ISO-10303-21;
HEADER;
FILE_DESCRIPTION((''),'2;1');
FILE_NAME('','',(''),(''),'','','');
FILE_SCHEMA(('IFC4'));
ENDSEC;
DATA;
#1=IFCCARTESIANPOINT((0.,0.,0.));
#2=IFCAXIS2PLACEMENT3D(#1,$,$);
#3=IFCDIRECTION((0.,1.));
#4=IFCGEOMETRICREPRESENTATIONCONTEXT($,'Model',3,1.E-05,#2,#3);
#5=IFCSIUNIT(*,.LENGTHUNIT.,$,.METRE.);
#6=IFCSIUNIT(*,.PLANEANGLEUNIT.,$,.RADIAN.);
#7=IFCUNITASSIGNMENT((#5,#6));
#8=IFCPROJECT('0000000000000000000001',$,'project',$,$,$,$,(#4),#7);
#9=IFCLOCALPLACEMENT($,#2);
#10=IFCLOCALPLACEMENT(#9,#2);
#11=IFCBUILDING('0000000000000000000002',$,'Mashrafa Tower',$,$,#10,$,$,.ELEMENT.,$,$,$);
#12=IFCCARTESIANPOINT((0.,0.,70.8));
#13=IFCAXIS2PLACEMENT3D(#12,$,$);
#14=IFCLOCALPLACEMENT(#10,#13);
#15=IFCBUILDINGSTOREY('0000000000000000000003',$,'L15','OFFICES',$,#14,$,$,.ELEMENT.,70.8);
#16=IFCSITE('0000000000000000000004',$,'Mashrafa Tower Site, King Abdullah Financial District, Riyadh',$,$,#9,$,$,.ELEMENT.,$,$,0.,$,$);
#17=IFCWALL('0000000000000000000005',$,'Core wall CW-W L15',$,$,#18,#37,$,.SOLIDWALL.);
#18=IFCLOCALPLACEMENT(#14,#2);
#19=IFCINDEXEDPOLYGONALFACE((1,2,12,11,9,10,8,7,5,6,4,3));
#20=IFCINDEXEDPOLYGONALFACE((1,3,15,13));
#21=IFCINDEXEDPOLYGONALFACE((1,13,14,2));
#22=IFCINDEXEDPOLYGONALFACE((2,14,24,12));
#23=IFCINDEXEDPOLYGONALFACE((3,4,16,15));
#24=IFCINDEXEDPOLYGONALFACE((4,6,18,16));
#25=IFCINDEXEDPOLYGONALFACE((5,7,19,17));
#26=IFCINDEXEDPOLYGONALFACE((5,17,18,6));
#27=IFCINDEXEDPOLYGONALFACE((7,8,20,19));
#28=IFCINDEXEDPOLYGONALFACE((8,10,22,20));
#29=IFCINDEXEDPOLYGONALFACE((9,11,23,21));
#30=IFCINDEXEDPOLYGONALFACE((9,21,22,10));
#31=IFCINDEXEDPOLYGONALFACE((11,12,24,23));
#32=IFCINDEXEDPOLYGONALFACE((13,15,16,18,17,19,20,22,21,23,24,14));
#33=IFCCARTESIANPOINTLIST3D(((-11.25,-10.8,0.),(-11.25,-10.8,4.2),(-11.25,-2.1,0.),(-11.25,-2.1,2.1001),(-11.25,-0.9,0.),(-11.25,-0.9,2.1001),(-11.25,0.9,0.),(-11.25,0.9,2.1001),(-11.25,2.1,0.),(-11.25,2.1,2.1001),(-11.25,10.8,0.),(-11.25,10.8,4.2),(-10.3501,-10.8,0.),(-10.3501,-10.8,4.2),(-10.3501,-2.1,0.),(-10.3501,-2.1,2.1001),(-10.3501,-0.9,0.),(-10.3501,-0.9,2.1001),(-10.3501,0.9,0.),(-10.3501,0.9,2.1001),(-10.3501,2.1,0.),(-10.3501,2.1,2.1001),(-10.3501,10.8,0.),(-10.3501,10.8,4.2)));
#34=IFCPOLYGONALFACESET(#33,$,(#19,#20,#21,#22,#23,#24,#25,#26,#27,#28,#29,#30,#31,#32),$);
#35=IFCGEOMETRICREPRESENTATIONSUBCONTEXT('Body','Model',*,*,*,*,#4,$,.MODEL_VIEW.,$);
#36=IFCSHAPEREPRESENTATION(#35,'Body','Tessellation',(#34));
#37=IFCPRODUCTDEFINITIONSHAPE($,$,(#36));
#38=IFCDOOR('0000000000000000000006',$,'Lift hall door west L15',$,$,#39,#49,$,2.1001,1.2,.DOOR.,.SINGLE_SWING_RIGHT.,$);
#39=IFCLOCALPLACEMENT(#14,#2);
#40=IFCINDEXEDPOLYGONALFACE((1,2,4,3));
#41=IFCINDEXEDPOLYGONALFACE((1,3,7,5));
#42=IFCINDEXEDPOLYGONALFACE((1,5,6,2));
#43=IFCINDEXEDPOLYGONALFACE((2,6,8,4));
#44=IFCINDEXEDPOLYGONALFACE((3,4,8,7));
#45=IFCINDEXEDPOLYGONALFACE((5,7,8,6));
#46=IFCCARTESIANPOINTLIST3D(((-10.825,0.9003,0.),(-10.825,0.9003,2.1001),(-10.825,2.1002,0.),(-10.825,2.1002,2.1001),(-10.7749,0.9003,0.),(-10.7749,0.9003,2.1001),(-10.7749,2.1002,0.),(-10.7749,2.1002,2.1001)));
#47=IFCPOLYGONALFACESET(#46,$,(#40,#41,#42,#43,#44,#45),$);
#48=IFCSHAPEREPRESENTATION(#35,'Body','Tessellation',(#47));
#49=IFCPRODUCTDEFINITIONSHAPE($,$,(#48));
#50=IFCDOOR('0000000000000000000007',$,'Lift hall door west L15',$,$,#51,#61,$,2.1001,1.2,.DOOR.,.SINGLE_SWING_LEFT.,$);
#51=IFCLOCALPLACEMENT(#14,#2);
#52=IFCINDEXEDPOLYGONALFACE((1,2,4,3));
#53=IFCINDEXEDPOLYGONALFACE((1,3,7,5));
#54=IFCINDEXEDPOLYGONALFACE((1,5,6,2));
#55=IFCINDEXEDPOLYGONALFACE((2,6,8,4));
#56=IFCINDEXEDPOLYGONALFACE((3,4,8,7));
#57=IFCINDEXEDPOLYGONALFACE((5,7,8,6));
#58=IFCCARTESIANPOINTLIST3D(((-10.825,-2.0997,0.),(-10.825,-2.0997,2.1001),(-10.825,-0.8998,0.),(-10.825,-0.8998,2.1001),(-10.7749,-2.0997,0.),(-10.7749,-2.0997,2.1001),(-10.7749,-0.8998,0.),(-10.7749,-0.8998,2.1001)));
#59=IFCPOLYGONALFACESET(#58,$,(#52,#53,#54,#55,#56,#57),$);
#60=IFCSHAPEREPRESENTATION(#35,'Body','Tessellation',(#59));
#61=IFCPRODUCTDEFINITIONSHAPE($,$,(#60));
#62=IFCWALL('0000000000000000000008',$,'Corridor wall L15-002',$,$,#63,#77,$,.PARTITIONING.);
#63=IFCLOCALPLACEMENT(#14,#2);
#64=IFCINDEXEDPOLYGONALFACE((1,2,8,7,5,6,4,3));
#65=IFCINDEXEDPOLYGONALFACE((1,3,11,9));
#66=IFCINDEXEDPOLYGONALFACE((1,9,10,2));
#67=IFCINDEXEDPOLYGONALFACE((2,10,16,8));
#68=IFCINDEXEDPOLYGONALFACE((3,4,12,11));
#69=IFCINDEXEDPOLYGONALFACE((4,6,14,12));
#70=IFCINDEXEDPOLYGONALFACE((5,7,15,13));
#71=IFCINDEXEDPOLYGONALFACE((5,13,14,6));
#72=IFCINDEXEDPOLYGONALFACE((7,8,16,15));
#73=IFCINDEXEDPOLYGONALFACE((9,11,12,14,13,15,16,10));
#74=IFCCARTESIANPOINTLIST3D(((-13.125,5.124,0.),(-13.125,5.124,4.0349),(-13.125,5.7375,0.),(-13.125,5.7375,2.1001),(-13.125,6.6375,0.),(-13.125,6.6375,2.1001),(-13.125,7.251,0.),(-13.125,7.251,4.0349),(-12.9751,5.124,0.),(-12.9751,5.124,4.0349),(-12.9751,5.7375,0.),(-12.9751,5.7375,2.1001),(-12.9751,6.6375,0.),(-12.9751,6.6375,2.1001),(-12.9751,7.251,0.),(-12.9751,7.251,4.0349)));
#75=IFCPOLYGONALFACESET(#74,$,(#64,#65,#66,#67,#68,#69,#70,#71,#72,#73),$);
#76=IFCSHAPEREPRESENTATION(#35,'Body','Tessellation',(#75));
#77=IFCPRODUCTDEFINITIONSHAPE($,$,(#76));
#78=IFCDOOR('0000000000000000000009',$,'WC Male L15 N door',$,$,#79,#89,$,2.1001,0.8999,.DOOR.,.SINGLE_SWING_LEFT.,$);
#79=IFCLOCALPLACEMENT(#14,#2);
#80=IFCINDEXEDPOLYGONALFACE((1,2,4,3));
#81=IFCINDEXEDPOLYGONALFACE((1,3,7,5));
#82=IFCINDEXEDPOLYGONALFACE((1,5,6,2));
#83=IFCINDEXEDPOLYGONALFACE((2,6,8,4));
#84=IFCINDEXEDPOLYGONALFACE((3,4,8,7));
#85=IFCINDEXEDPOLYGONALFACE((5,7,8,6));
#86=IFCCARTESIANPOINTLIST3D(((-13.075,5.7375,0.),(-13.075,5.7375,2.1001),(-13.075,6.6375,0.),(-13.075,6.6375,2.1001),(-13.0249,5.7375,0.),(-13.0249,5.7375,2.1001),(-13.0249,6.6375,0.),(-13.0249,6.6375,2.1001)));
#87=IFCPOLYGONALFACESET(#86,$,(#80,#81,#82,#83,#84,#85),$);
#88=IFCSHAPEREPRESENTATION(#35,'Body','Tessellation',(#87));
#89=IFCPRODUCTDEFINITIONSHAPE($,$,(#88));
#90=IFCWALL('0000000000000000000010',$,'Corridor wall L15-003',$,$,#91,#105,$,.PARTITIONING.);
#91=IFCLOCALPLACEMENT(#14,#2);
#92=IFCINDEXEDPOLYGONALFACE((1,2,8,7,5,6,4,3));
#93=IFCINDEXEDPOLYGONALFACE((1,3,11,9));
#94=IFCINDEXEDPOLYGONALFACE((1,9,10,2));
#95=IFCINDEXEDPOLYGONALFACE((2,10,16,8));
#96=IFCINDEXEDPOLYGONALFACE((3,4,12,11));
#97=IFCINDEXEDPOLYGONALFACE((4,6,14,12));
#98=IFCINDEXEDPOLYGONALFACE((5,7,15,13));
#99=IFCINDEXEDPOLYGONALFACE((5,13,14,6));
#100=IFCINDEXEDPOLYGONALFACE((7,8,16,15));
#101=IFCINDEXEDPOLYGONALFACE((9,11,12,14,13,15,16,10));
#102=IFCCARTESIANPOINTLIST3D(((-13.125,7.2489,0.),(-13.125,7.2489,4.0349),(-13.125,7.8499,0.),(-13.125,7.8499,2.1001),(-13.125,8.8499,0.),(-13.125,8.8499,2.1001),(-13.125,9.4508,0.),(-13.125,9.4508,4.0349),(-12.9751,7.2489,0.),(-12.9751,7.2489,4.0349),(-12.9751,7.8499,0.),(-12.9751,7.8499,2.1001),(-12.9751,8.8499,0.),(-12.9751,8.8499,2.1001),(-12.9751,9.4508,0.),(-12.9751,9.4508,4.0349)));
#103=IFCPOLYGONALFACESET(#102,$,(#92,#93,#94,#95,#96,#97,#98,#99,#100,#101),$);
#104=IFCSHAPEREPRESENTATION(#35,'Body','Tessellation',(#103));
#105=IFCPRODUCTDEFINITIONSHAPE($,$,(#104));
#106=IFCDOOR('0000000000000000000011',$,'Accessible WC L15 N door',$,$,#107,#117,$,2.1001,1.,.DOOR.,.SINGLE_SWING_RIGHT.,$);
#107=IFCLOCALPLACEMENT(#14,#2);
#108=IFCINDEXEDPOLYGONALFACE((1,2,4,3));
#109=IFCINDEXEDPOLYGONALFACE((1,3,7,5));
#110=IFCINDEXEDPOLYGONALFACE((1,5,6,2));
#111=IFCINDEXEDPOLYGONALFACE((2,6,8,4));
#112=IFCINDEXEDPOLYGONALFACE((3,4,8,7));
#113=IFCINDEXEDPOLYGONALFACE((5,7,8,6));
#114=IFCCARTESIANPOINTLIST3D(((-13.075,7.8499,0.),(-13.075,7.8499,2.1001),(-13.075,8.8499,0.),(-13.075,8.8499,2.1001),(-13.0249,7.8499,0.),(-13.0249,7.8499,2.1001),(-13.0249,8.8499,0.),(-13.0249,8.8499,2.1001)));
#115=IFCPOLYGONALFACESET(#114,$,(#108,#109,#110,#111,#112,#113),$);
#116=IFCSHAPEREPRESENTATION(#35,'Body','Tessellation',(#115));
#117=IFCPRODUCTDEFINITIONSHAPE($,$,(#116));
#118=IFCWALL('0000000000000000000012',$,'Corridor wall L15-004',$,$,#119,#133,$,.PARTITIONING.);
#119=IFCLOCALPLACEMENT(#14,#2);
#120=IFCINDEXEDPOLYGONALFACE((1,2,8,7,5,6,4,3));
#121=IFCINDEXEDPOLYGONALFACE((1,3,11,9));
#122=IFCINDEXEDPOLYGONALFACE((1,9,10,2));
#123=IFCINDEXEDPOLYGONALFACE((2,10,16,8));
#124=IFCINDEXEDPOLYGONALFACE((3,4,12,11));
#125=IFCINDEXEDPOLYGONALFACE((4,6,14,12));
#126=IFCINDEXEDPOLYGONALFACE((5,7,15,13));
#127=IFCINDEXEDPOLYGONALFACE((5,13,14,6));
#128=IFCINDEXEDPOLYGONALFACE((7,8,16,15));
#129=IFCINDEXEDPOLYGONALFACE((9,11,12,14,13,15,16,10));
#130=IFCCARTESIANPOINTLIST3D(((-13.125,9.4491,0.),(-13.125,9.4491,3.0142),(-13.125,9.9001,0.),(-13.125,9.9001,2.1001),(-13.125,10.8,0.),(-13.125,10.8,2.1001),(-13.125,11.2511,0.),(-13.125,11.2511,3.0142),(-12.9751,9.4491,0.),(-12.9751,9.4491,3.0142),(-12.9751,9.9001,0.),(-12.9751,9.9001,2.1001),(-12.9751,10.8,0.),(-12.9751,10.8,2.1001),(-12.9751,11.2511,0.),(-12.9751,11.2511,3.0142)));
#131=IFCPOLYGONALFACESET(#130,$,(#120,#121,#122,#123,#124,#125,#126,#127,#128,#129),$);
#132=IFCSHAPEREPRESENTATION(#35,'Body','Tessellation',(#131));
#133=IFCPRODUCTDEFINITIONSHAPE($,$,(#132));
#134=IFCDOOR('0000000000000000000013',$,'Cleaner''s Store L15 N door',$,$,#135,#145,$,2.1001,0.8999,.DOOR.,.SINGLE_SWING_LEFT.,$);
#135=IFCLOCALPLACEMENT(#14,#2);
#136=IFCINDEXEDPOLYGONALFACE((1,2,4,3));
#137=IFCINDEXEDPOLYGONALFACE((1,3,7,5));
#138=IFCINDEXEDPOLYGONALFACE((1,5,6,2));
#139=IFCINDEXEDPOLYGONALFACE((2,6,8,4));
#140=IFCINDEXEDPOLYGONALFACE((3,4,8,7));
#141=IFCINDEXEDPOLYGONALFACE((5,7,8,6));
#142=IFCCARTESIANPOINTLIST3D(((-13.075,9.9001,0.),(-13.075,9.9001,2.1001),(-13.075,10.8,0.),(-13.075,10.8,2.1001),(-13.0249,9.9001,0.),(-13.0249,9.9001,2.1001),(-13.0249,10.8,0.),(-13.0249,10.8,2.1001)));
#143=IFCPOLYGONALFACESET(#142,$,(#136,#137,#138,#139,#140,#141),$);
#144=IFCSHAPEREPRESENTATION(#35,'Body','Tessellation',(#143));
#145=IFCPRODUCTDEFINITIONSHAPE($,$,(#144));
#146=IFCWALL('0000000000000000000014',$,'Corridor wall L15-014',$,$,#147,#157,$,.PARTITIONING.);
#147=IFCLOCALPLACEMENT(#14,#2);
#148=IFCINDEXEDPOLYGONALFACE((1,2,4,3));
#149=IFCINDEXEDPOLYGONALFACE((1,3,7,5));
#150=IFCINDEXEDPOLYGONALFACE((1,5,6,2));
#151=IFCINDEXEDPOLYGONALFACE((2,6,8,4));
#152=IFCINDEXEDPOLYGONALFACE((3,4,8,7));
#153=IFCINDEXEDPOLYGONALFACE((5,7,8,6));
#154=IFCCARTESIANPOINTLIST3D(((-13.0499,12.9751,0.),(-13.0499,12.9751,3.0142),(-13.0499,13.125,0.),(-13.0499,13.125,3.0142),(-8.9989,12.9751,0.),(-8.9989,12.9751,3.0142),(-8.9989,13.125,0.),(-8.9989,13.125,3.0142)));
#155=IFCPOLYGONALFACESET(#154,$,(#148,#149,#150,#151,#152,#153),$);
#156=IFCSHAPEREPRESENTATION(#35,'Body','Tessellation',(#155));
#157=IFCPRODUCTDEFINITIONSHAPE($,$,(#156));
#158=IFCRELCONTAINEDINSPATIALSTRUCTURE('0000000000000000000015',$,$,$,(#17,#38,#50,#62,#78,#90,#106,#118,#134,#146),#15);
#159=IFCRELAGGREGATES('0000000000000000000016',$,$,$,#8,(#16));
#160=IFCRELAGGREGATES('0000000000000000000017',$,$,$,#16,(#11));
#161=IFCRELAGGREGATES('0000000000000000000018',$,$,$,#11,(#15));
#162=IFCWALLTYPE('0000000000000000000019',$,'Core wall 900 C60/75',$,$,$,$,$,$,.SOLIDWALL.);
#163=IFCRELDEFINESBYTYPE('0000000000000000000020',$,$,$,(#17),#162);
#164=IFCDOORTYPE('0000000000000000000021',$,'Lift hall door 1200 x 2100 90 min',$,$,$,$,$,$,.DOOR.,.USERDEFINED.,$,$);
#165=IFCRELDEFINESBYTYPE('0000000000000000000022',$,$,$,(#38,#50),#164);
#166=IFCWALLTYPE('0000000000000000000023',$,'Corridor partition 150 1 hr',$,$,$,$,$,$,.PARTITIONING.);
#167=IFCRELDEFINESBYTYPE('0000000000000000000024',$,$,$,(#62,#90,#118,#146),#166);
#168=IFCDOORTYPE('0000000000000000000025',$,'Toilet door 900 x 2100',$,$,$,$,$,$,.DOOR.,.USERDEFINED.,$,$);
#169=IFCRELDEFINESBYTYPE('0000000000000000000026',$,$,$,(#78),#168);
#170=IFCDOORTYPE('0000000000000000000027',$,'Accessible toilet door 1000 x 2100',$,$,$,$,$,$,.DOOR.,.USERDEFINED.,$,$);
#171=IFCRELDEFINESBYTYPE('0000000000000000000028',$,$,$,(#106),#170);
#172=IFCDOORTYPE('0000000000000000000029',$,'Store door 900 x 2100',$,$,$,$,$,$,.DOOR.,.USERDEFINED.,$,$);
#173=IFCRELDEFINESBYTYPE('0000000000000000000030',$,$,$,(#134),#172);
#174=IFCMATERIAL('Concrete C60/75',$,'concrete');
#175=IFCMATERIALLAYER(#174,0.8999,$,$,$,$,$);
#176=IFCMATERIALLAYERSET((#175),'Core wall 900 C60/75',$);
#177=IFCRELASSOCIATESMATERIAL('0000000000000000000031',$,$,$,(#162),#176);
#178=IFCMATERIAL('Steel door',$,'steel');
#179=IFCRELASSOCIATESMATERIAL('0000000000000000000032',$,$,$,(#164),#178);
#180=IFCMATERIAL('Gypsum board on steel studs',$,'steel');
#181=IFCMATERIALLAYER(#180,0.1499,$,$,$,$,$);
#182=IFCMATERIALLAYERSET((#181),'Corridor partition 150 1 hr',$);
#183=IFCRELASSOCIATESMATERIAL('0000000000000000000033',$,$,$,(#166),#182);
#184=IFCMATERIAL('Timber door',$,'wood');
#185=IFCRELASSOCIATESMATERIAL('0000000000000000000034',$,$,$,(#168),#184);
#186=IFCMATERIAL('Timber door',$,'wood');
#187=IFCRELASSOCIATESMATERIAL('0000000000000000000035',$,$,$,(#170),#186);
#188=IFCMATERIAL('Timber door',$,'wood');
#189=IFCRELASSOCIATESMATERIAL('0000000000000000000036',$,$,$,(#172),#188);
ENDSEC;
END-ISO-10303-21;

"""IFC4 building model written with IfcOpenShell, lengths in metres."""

from ifc_helpers import new_model, si_unit, direction, frame, frame_2d, origin, place, context, subcontext, project, spatial, rectangle, extrude, material, layer, layer_set, type_object, element, fill, save


model = new_model("IFC4")

# Units and contexts
model_context = context("Model", 3, precision=1e-05, world=origin(), true_north=direction((0.0, 1.0)))
body_context = subcontext(model_context, "Body", "Model", "MODEL_VIEW")
ifc_project = project(units=[si_unit("LENGTHUNIT", "METRE"), si_unit("PLANEANGLEUNIT", "RADIAN")], contexts=[model_context])

# Site, building, storey
site_placement = place(None, origin())
site = spatial("IfcSite", under=ifc_project, at=site_placement, Name="Mashrafa Tower Site, King Abdullah Financial District, Riyadh", CompositionType="ELEMENT", RefElevation=0.0)
building_placement = place(site_placement, origin())
building = spatial("IfcBuilding", under=site, at=building_placement, Name="Mashrafa Tower", CompositionType="ELEMENT")
storey_placement = place(building_placement, frame((0.0, 0.0, 70.8)))
storey = spatial("IfcBuildingStorey", under=building, at=storey_placement, Name="L15", Description="OFFICES", CompositionType="ELEMENT", Elevation=70.8)

# Wall, openings, doors
ifc_material_1 = material(Name="Concrete C60/75", Category="concrete")
ifc_layer_1 = layer(ifc_material_1, 0.8999)
ifc_layer_set_1 = layer_set([ifc_layer_1], Name="Core wall 900 C60/75")
wall_type_1 = type_object("IfcWallType", Name="Core wall 900 C60/75", PredefinedType="SOLIDWALL", material=ifc_layer_set_1)
wall_1_placement = place(storey_placement, frame((-10.8, 10.8, 0.0), z_axis=(0.0, 0.0, 1.0), x_axis=(0.0, -1.0, 0.0)))
wall_1 = element("IfcWall", 1, at=wall_1_placement, inside=storey, type_object=wall_type_1, Name="Core wall CW-W L15", PredefinedType="SOLIDWALL", context=body_context, shape_type="SweptSolid", body=[
    extrude(rectangle(XDim=21.6001, YDim=0.8999, at=frame_2d((10.8, 0.0))), origin(), (0.0, 0.0, 1.0), 4.2),
])
opening_1_placement = place(wall_1_placement, frame((8.7, 0.0, 0.0)))
opening_1 = element("IfcOpeningElement", 2, at=opening_1_placement, cuts=wall_1, PredefinedType="OPENING", context=body_context, shape_type="SweptSolid", body=[
    extrude(rectangle(XDim=1.2, YDim=2.1001, at=frame_2d((0.6001, 1.05))), frame((0.0, 0.46, 0.0), z_axis=(0.0, -1.0, 0.0), x_axis=(1.0, 0.0, 0.0)), (0.0, 0.0, 1.0), 0.9199),
])
opening_2_placement = place(wall_1_placement, frame((11.7, 0.0, 0.0)))
opening_2 = element("IfcOpeningElement", 3, at=opening_2_placement, cuts=wall_1, PredefinedType="OPENING", context=body_context, shape_type="SweptSolid", body=[
    extrude(rectangle(XDim=1.2, YDim=2.1001, at=frame_2d((0.6001, 1.05))), frame((0.0, 0.46, 0.0), z_axis=(0.0, -1.0, 0.0), x_axis=(1.0, 0.0, 0.0)), (0.0, 0.0, 1.0), 0.9199),
])
ifc_material_2 = material(Name="Steel door", Category="steel")
door_type_1 = type_object("IfcDoorType", Name="Lift hall door 1200 x 2100 90 min", OperationType="USERDEFINED", PredefinedType="DOOR", material=ifc_material_2)
door_1_placement = place(opening_1_placement, frame((1.2, 0.0, 0.0), z_axis=(0.0, 0.0, 1.0), x_axis=(-1.0, 0.0, 0.0)))
door_1 = element("IfcDoor", 4, at=door_1_placement, inside=storey, type_object=door_type_1, Name="Lift hall door west L15", OperationType="SINGLE_SWING_RIGHT", OverallHeight=2.1001, OverallWidth=1.2, PredefinedType="DOOR", context=body_context, shape_type="SweptSolid", body=[
    extrude(rectangle(XDim=1.2, YDim=2.1001, at=frame_2d((0.6001, 1.05))), frame((0.0, 0.0249, 0.0), z_axis=(0.0, -1.0, 0.0), x_axis=(1.0, 0.0, 0.0)), (0.0, 0.0, 1.0), 0.05),
])
fill(opening_1, door_1)
door_2_placement = place(opening_2_placement, frame((1.2, 0.0, 0.0), z_axis=(0.0, 0.0, 1.0), x_axis=(-1.0, 0.0, 0.0)))
door_2 = element("IfcDoor", 5, at=door_2_placement, inside=storey, type_object=door_type_1, Name="Lift hall door west L15", OperationType="SINGLE_SWING_LEFT", OverallHeight=2.1001, OverallWidth=1.2, PredefinedType="DOOR", context=body_context, shape_type="SweptSolid", body=[
    extrude(rectangle(XDim=1.2, YDim=2.1001, at=frame_2d((0.6001, 1.05))), frame((0.0, 0.0249, 0.0), z_axis=(0.0, -1.0, 0.0), x_axis=(1.0, 0.0, 0.0)), (0.0, 0.0, 1.0), 0.05),
])
fill(opening_2, door_2)

# Walls, openings, doors
ifc_material_3 = material(Name="Gypsum board on steel studs", Category="steel")
ifc_layer_2 = layer(ifc_material_3, 0.1499)
ifc_layer_set_2 = layer_set([ifc_layer_2], Name="Corridor partition 150 1 hr")
wall_type_2 = type_object("IfcWallType", Name="Corridor partition 150 1 hr", PredefinedType="PARTITIONING", material=ifc_layer_set_2)
wall_2_placement = place(storey_placement, frame((-13.05, 7.251, 0.0), z_axis=(0.0, 0.0, 1.0), x_axis=(0.0, -1.0, 0.0)))
wall_2 = element("IfcWall", 6, at=wall_2_placement, inside=storey, type_object=wall_type_2, Name="Corridor wall L15-002", PredefinedType="PARTITIONING", context=body_context, shape_type="SweptSolid", body=[
    extrude(rectangle(XDim=2.127, YDim=0.1499, at=frame_2d((1.0635, 0.0))), origin(), (0.0, 0.0, 1.0), 4.0349),
])
opening_3_placement = place(wall_2_placement, frame((0.6135, 0.0, 0.0)))
opening_3 = element("IfcOpeningElement", 7, at=opening_3_placement, cuts=wall_2, PredefinedType="OPENING", context=body_context, shape_type="SweptSolid", body=[
    extrude(rectangle(XDim=0.8999, YDim=2.1001, at=frame_2d((0.45, 1.05))), frame((0.0, 0.085, 0.0), z_axis=(0.0, -1.0, 0.0), x_axis=(1.0, 0.0, 0.0)), (0.0, 0.0, 1.0), 0.1699),
])
ifc_material_4 = material(Name="Timber door", Category="wood")
door_type_2 = type_object("IfcDoorType", Name="Toilet door 900 x 2100", OperationType="USERDEFINED", PredefinedType="DOOR", material=ifc_material_4)
door_3_placement = place(opening_3_placement, frame((0.8999, 0.0, 0.0), z_axis=(0.0, 0.0, 1.0), x_axis=(-1.0, 0.0, 0.0)))
door_3 = element("IfcDoor", 8, at=door_3_placement, inside=storey, type_object=door_type_2, Name="WC Male L15 N door", OperationType="SINGLE_SWING_LEFT", OverallHeight=2.1001, OverallWidth=0.8999, PredefinedType="DOOR", context=body_context, shape_type="SweptSolid", body=[
    extrude(rectangle(XDim=0.8999, YDim=2.1001, at=frame_2d((0.45, 1.05))), frame((0.0, 0.0249, 0.0), z_axis=(0.0, -1.0, 0.0), x_axis=(1.0, 0.0, 0.0)), (0.0, 0.0, 1.0), 0.05),
])
fill(opening_3, door_3)
wall_3_placement = place(storey_placement, frame((-13.05, 9.4509, 0.0), z_axis=(0.0, 0.0, 1.0), x_axis=(0.0, -1.0, 0.0)))
wall_3 = element("IfcWall", 9, at=wall_3_placement, inside=storey, type_object=wall_type_2, Name="Corridor wall L15-003", PredefinedType="PARTITIONING", context=body_context, shape_type="SweptSolid", body=[
    extrude(rectangle(XDim=2.2019, YDim=0.1499, at=frame_2d((1.1011, 0.0))), origin(), (0.0, 0.0, 1.0), 4.0349),
])
opening_4_placement = place(wall_3_placement, frame((0.6011, 0.0, 0.0)))
opening_4 = element("IfcOpeningElement", 10, at=opening_4_placement, cuts=wall_3, PredefinedType="OPENING", context=body_context, shape_type="SweptSolid", body=[
    extrude(rectangle(XDim=1.0, YDim=2.1001, at=frame_2d((0.5, 1.05))), frame((0.0, 0.085, 0.0), z_axis=(0.0, -1.0, 0.0), x_axis=(1.0, 0.0, 0.0)), (0.0, 0.0, 1.0), 0.1699),
])
ifc_material_5 = material(Name="Timber door", Category="wood")
door_type_3 = type_object("IfcDoorType", Name="Accessible toilet door 1000 x 2100", OperationType="USERDEFINED", PredefinedType="DOOR", material=ifc_material_5)
door_4_placement = place(opening_4_placement, frame((1.0, 0.0, 0.0), z_axis=(0.0, 0.0, 1.0), x_axis=(-1.0, 0.0, 0.0)))
door_4 = element("IfcDoor", 11, at=door_4_placement, inside=storey, type_object=door_type_3, Name="Accessible WC L15 N door", OperationType="SINGLE_SWING_RIGHT", OverallHeight=2.1001, OverallWidth=1.0, PredefinedType="DOOR", context=body_context, shape_type="SweptSolid", body=[
    extrude(rectangle(XDim=1.0, YDim=2.1001, at=frame_2d((0.5, 1.05))), frame((0.0, 0.0249, 0.0), z_axis=(0.0, -1.0, 0.0), x_axis=(1.0, 0.0, 0.0)), (0.0, 0.0, 1.0), 0.05),
])
fill(opening_4, door_4)
wall_4_placement = place(storey_placement, frame((-13.05, 11.251, 0.0), z_axis=(0.0, 0.0, 1.0), x_axis=(0.0, -1.0, 0.0)))
wall_4 = element("IfcWall", 12, at=wall_4_placement, inside=storey, type_object=wall_type_2, Name="Corridor wall L15-004", PredefinedType="PARTITIONING", context=body_context, shape_type="SweptSolid", body=[
    extrude(rectangle(XDim=1.802, YDim=0.1499, at=frame_2d((0.9009, 0.0))), origin(), (0.0, 0.0, 1.0), 3.0142),
])
opening_5_placement = place(wall_4_placement, frame((0.4509, 0.0, 0.0)))
opening_5 = element("IfcOpeningElement", 13, at=opening_5_placement, cuts=wall_4, PredefinedType="OPENING", context=body_context, shape_type="SweptSolid", body=[
    extrude(rectangle(XDim=0.8999, YDim=2.1001, at=frame_2d((0.45, 1.05))), frame((0.0, 0.085, 0.0), z_axis=(0.0, -1.0, 0.0), x_axis=(1.0, 0.0, 0.0)), (0.0, 0.0, 1.0), 0.1699),
])
ifc_material_6 = material(Name="Timber door", Category="wood")
door_type_4 = type_object("IfcDoorType", Name="Store door 900 x 2100", OperationType="USERDEFINED", PredefinedType="DOOR", material=ifc_material_6)
door_5_placement = place(opening_5_placement, frame((0.8999, 0.0, 0.0), z_axis=(0.0, 0.0, 1.0), x_axis=(-1.0, 0.0, 0.0)))
door_5 = element("IfcDoor", 14, at=door_5_placement, inside=storey, type_object=door_type_4, Name="Cleaner's Store L15 N door", OperationType="SINGLE_SWING_LEFT", OverallHeight=2.1001, OverallWidth=0.8999, PredefinedType="DOOR", context=body_context, shape_type="SweptSolid", body=[
    extrude(rectangle(XDim=0.8999, YDim=2.1001, at=frame_2d((0.45, 1.05))), frame((0.0, 0.0249, 0.0), z_axis=(0.0, -1.0, 0.0), x_axis=(1.0, 0.0, 0.0)), (0.0, 0.0, 1.0), 0.05),
])
fill(opening_5, door_5)

# Wall
wall_5_placement = place(storey_placement, frame((-8.999, 13.05, 0.0), z_axis=(0.0, 0.0, 1.0), x_axis=(-1.0, 0.0, 0.0)))
element("IfcWall", 15, at=wall_5_placement, inside=storey, type_object=wall_type_2, Name="Corridor wall L15-014", PredefinedType="PARTITIONING", context=body_context, shape_type="SweptSolid", body=[
    extrude(rectangle(XDim=4.051, YDim=0.1499, at=frame_2d((2.0254, 0.0))), origin(), (0.0, 0.0, 1.0), 3.0142),
])

save(model, "model.ifc")
